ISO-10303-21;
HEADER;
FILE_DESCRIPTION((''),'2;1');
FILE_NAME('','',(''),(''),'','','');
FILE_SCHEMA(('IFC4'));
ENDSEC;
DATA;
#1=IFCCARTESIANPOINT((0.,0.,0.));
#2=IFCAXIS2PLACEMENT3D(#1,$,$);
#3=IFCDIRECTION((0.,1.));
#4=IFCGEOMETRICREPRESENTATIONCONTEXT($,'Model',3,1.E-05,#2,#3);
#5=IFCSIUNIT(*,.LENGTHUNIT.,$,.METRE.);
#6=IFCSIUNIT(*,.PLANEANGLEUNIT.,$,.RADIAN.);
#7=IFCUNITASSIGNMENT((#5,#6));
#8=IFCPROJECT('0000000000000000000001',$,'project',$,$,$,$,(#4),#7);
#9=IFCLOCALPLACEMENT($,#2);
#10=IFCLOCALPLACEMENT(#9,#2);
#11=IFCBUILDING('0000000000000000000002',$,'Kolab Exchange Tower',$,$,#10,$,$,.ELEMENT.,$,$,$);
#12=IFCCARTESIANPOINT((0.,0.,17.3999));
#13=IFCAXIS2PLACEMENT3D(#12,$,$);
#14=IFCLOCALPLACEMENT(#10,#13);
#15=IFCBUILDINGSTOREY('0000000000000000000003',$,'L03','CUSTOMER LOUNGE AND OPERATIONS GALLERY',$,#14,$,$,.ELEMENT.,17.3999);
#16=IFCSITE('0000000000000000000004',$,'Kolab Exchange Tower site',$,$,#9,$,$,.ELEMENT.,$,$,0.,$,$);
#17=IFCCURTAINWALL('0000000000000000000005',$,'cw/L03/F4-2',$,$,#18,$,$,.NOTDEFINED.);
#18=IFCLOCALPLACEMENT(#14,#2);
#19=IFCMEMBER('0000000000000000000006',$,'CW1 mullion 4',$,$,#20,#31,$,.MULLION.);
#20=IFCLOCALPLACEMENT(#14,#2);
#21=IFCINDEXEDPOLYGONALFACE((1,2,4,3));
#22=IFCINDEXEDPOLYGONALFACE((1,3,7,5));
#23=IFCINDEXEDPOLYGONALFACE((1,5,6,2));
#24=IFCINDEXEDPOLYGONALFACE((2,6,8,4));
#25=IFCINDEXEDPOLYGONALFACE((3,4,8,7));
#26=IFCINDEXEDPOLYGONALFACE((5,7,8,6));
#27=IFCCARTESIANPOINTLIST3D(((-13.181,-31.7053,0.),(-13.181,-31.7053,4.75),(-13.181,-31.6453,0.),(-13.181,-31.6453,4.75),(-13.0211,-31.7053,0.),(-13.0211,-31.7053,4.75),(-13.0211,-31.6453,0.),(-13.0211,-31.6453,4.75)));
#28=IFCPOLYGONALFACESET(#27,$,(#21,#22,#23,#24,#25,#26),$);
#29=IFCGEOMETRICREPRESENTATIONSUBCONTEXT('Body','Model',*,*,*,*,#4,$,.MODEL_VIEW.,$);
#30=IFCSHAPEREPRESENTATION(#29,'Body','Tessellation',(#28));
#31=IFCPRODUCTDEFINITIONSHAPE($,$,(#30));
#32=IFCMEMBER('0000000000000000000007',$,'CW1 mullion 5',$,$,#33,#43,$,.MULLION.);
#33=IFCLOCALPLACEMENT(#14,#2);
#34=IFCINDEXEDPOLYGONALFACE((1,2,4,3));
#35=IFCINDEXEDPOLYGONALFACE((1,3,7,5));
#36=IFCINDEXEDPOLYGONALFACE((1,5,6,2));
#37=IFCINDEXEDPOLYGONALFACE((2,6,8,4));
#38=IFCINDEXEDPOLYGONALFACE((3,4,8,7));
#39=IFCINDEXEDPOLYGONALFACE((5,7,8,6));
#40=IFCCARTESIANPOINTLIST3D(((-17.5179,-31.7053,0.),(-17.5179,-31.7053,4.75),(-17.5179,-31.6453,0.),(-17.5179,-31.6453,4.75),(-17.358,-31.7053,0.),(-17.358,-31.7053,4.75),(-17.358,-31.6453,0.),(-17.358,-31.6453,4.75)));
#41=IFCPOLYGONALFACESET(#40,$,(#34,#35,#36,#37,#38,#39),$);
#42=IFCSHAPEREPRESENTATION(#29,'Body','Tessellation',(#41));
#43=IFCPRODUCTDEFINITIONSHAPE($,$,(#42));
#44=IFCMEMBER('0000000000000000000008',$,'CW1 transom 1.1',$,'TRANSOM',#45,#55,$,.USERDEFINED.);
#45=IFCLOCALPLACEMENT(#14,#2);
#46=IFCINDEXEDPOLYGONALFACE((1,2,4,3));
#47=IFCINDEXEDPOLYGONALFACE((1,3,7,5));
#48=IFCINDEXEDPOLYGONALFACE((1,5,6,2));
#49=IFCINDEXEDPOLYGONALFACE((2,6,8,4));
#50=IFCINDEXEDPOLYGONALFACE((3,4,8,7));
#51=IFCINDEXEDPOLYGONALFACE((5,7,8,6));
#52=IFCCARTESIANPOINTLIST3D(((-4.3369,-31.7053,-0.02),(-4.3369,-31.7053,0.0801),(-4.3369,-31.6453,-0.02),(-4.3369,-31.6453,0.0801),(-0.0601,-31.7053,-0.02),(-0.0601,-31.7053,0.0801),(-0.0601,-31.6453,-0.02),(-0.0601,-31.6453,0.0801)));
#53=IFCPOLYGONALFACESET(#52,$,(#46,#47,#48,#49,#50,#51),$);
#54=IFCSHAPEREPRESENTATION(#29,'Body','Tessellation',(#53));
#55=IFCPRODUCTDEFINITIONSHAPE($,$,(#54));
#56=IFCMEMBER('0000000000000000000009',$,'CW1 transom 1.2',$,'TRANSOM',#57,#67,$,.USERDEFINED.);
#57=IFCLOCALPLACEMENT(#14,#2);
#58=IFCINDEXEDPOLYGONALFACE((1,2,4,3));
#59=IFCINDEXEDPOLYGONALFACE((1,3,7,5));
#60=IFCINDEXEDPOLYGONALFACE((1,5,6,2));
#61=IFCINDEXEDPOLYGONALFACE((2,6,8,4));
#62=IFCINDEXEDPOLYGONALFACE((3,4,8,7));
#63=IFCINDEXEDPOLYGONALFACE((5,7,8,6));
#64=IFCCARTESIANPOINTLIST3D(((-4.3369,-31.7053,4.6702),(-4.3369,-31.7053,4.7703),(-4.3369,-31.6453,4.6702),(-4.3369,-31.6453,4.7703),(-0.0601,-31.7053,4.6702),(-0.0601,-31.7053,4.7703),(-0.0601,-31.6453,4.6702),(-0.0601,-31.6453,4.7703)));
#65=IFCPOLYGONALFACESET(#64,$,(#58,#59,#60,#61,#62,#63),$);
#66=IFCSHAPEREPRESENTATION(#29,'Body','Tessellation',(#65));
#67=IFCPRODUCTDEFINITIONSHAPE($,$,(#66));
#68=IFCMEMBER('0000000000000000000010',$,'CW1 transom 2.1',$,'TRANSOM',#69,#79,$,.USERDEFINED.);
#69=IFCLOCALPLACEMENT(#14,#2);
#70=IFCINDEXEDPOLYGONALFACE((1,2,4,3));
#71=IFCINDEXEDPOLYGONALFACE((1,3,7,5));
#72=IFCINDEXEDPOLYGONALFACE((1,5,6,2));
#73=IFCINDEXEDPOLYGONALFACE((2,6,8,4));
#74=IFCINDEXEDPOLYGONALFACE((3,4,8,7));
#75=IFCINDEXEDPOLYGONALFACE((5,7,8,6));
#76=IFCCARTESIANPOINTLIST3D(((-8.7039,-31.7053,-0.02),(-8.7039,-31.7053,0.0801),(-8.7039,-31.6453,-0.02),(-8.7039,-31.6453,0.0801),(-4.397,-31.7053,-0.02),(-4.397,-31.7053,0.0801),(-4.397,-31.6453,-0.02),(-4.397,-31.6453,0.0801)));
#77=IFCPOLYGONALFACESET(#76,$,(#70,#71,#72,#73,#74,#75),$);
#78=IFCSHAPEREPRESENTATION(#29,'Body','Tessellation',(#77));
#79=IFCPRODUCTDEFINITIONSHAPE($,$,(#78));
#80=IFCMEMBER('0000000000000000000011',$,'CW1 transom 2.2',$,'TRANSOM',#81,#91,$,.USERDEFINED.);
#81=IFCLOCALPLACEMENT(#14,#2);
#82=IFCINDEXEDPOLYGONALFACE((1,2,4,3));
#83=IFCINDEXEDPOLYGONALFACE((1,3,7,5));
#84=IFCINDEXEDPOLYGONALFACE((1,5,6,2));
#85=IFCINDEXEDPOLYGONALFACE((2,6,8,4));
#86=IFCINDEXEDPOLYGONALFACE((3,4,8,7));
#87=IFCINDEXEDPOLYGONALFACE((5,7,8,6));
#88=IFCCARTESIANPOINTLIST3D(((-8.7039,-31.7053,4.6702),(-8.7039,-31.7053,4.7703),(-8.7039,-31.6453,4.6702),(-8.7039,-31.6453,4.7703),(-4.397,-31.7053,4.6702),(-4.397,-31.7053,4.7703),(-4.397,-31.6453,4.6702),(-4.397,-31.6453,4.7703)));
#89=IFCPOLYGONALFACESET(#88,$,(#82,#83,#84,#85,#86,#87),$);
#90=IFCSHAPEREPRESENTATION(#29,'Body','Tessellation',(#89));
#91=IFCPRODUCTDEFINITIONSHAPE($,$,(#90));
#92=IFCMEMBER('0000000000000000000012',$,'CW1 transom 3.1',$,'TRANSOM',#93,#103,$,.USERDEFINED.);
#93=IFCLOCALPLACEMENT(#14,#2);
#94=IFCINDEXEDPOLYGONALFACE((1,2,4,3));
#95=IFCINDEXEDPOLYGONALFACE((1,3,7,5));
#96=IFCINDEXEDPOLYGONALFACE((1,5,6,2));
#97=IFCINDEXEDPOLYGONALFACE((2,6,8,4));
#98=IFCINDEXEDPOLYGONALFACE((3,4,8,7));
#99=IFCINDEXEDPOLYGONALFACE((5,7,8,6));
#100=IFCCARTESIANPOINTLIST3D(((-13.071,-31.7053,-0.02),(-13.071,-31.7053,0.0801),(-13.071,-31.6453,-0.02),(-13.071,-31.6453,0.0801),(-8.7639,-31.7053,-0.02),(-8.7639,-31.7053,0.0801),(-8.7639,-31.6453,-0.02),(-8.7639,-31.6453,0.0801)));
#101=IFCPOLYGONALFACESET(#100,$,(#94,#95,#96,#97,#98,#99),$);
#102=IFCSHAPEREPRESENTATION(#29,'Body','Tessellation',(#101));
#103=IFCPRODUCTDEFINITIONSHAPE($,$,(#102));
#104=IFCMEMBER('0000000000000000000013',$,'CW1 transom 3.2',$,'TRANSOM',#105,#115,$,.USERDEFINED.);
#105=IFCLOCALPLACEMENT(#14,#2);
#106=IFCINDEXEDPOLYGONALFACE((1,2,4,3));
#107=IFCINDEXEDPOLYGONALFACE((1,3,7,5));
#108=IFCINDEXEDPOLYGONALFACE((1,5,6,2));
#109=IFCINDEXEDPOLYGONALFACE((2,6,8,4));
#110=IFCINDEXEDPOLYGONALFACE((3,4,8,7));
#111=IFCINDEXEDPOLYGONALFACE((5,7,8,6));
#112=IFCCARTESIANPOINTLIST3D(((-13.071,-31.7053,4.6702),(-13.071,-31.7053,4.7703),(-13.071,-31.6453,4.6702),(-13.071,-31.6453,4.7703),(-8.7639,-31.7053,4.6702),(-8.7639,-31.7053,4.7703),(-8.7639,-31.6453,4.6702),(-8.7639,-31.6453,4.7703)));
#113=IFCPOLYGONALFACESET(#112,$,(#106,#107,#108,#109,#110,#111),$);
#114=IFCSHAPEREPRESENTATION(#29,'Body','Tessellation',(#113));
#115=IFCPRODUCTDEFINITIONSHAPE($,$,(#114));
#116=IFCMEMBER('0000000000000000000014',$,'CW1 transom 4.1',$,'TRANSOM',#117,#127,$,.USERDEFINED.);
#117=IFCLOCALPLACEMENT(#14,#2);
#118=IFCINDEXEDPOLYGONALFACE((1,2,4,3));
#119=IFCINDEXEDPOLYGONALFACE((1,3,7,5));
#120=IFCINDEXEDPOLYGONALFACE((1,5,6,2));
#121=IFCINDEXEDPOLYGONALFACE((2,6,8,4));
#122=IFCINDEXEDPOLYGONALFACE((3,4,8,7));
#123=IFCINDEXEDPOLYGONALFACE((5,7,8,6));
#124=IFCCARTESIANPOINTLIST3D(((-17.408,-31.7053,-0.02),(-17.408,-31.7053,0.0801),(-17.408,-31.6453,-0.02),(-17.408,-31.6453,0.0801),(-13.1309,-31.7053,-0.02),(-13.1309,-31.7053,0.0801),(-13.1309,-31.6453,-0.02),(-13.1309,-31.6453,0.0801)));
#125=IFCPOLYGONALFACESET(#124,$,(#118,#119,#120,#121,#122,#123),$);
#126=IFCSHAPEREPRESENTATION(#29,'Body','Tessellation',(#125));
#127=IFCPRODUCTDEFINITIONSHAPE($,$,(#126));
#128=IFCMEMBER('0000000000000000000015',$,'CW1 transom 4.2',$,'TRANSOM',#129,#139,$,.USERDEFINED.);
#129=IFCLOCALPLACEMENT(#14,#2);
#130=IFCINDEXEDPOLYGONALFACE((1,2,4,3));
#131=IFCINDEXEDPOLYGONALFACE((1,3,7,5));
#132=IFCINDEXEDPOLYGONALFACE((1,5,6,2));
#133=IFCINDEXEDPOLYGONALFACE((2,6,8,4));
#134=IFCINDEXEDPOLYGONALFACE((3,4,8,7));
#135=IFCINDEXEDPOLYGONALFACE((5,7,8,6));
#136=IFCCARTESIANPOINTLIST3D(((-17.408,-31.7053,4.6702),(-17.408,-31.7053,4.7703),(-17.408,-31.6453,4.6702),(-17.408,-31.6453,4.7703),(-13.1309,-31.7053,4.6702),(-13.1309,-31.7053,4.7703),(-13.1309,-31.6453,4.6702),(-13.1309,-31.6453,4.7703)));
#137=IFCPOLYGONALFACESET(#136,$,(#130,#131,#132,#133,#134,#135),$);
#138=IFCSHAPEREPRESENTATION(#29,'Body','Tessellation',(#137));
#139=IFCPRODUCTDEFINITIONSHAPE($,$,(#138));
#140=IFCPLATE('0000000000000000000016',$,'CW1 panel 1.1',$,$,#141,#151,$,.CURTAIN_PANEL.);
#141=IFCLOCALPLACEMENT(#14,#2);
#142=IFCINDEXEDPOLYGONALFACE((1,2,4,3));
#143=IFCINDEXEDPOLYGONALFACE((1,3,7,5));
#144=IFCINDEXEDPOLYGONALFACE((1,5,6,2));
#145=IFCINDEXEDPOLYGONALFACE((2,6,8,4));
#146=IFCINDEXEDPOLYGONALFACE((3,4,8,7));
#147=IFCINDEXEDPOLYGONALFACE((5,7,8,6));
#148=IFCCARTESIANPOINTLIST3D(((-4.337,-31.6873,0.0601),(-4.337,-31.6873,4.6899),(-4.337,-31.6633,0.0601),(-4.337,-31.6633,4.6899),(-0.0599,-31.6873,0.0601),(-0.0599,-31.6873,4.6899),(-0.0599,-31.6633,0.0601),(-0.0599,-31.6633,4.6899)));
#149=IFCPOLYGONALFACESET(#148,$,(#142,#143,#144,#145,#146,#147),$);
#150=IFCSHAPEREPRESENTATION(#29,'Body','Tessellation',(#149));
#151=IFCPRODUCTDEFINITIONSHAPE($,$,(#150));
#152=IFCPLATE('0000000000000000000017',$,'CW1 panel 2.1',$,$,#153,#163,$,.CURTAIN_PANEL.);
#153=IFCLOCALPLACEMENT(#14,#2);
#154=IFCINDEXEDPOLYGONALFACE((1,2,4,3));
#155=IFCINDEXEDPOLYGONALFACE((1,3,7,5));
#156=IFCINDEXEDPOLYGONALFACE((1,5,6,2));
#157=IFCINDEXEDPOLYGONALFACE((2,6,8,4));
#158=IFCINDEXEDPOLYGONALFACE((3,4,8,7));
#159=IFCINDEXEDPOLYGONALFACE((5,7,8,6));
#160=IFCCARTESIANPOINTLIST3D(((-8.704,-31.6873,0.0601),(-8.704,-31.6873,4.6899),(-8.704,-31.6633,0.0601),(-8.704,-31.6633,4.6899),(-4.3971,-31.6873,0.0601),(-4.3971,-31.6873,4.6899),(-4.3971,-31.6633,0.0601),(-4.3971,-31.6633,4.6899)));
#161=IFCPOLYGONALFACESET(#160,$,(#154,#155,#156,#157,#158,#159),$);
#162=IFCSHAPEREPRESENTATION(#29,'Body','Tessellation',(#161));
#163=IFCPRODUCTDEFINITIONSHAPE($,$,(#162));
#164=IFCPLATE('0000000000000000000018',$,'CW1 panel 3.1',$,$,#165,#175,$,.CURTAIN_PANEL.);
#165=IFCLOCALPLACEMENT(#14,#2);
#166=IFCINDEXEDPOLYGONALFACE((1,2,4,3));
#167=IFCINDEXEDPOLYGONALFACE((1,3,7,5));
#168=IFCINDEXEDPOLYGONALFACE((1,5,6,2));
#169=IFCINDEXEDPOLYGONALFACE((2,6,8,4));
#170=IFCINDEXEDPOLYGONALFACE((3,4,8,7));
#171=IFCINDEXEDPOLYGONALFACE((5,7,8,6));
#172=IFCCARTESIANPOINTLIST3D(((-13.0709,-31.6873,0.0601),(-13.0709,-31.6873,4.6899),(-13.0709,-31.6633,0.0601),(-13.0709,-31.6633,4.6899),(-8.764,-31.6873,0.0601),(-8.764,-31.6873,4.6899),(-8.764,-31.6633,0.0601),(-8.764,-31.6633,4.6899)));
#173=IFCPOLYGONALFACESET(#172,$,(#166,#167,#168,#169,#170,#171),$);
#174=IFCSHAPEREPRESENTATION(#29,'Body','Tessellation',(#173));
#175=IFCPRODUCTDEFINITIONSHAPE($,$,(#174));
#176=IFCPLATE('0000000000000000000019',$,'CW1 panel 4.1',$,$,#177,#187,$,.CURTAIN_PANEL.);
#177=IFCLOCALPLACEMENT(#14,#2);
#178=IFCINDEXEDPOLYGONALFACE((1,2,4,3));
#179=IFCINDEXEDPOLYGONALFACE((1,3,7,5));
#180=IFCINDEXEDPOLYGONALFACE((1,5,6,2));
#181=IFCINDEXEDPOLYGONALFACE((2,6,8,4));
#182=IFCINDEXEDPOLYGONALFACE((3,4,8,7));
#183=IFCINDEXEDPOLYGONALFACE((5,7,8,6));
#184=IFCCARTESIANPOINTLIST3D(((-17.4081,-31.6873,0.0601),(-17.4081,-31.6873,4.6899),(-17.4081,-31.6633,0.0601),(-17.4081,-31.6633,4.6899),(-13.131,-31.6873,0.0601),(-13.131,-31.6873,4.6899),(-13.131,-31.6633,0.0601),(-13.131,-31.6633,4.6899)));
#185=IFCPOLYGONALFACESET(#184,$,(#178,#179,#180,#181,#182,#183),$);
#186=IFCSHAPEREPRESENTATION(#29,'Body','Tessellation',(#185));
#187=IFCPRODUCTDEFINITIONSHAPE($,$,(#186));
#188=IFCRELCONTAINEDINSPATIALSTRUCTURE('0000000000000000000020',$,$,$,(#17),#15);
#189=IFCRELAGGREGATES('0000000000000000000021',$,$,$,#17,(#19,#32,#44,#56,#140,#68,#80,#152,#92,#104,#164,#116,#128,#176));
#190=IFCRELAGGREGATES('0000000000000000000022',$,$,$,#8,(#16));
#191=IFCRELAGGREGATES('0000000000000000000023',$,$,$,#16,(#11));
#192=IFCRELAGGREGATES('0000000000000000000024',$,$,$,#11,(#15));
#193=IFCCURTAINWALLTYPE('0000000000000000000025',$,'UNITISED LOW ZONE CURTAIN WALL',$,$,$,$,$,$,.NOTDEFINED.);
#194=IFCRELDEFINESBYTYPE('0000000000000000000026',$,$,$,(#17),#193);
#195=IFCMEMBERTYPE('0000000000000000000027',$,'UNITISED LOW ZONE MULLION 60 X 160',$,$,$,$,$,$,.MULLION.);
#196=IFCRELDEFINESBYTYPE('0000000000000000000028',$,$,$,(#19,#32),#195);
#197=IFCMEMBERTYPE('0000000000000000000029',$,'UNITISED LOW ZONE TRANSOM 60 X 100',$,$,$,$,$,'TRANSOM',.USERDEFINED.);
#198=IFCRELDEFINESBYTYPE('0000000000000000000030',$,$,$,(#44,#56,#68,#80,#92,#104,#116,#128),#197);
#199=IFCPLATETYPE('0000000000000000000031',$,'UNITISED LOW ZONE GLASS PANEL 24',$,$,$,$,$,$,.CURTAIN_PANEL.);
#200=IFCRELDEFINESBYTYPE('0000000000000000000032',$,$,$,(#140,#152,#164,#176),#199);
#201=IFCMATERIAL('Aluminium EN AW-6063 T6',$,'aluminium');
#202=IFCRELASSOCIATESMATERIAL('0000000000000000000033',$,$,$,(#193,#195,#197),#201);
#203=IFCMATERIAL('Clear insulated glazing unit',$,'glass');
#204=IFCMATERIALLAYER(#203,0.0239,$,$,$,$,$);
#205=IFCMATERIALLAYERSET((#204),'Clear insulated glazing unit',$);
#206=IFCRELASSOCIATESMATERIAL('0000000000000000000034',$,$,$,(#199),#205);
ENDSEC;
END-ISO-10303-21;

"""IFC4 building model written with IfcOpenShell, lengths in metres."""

from ifc_helpers import new_model, si_unit, direction, frame, origin, origin_2d, place, context, subcontext, project, spatial, rectangle, extrude, material, layer, layer_set, material_profile, profile_set, type_object, element, aggregate, save


model = new_model("IFC4")

# Units and contexts
model_context = context("Model", 3, precision=1e-05, world=origin(), true_north=direction((0.0, 1.0)))
body_context = subcontext(model_context, "Body", "Model", "MODEL_VIEW")
ifc_project = project(units=[si_unit("LENGTHUNIT", "METRE"), si_unit("PLANEANGLEUNIT", "RADIAN")], contexts=[model_context])

# Site, building, storey
site_placement = place(None, origin())
site = spatial("IfcSite", under=ifc_project, at=site_placement, Name="Kolab Exchange Tower site", CompositionType="ELEMENT", RefElevation=0.0)
building_placement = place(site_placement, origin())
building = spatial("IfcBuilding", under=site, at=building_placement, Name="Kolab Exchange Tower", CompositionType="ELEMENT")
storey_placement = place(building_placement, frame((0.0, 0.0, 17.3999)))
storey = spatial("IfcBuildingStorey", under=building, at=storey_placement, Name="L03", Description="CUSTOMER LOUNGE AND OPERATIONS GALLERY", CompositionType="ELEMENT", Elevation=17.3999)

# Curtain wall, members, plates
ifc_material_1 = material(Name="Aluminium EN AW-6063 T6", Category="aluminium")
curtain_wall_type = type_object("IfcCurtainWallType", Name="UNITISED LOW ZONE CURTAIN WALL", PredefinedType="NOTDEFINED", material=ifc_material_1)
curtain_wall_placement = place(storey_placement, origin())
curtain_wall = element("IfcCurtainWall", 1, at=curtain_wall_placement, inside=storey, type_object=curtain_wall_type, Name="cw/L03/F4-2", PredefinedType="NOTDEFINED")
ifc_material_profile_1 = material_profile(ifc_material_1, rectangle(XDim=0.0601, YDim=0.1599, at=origin_2d()), Name="RECT 60X160")
ifc_profile_set_1 = profile_set([ifc_material_profile_1], Name="Aluminium EN AW-6063 T6")
member_type_1 = type_object("IfcMemberType", Name="UNITISED LOW ZONE MULLION 60 X 160", PredefinedType="MULLION", material=ifc_profile_set_1)
member_1_placement = place(storey_placement, frame((-13.1011, -31.6753, 0.0), z_axis=(0.0, 0.0, 1.0), x_axis=(0.0, -1.0, 0.0)))
member_1 = element("IfcMember", 2, at=member_1_placement, type_object=member_type_1, Name="CW1 mullion 4", PredefinedType="MULLION", context=body_context, shape_type="SweptSolid", body=[
    extrude(rectangle(XDim=0.0601, YDim=0.1599, at=origin_2d()), origin(), (0.0, 0.0, 1.0), 4.75),
])
member_2_placement = place(storey_placement, frame((-17.438, -31.6753, 0.0), z_axis=(0.0, 0.0, 1.0), x_axis=(0.0, -1.0, 0.0)))
member_2 = element("IfcMember", 3, at=member_2_placement, type_object=member_type_1, Name="CW1 mullion 5", PredefinedType="MULLION", context=body_context, shape_type="SweptSolid", body=[
    extrude(rectangle(XDim=0.0601, YDim=0.1599, at=origin_2d()), origin(), (0.0, 0.0, 1.0), 4.75),
])
ifc_material_profile_2 = material_profile(ifc_material_1, rectangle(XDim=0.0601, YDim=0.1001, at=origin_2d()), Name="RECT 60X100")
ifc_profile_set_2 = profile_set([ifc_material_profile_2], Name="Aluminium EN AW-6063 T6")
member_type_2 = type_object("IfcMemberType", Name="UNITISED LOW ZONE TRANSOM 60 X 100", ElementType="TRANSOM", PredefinedType="USERDEFINED", material=ifc_profile_set_2)
member_3_placement = place(storey_placement, frame((-0.0601, -31.6753, 0.03), z_axis=(-1.0, 0.0, 0.0), x_axis=(0.0, -1.0, 0.0)))
member_3 = element("IfcMember", 4, at=member_3_placement, type_object=member_type_2, Name="CW1 transom 1.1", ObjectType="TRANSOM", PredefinedType="USERDEFINED", context=body_context, shape_type="SweptSolid", body=[
    extrude(rectangle(XDim=0.0601, YDim=0.1001, at=origin_2d()), origin(), (0.0, 0.0, 1.0), 4.2769),
])
member_4_placement = place(storey_placement, frame((-0.0601, -31.6753, 4.7202), z_axis=(-1.0, 0.0, 0.0), x_axis=(0.0, -1.0, 0.0)))
member_4 = element("IfcMember", 5, at=member_4_placement, type_object=member_type_2, Name="CW1 transom 1.2", ObjectType="TRANSOM", PredefinedType="USERDEFINED", context=body_context, shape_type="SweptSolid", body=[
    extrude(rectangle(XDim=0.0601, YDim=0.1001, at=origin_2d()), origin(), (0.0, 0.0, 1.0), 4.2769),
])
member_5_placement = place(storey_placement, frame((-4.397, -31.6753, 0.03), z_axis=(-1.0, 0.0, 0.0), x_axis=(0.0, -1.0, 0.0)))
member_5 = element("IfcMember", 6, at=member_5_placement, type_object=member_type_2, Name="CW1 transom 2.1", ObjectType="TRANSOM", PredefinedType="USERDEFINED", context=body_context, shape_type="SweptSolid", body=[
    extrude(rectangle(XDim=0.0601, YDim=0.1001, at=origin_2d()), origin(), (0.0, 0.0, 1.0), 4.3069),
])
member_6_placement = place(storey_placement, frame((-4.397, -31.6753, 4.7202), z_axis=(-1.0, 0.0, 0.0), x_axis=(0.0, -1.0, 0.0)))
member_6 = element("IfcMember", 7, at=member_6_placement, type_object=member_type_2, Name="CW1 transom 2.2", ObjectType="TRANSOM", PredefinedType="USERDEFINED", context=body_context, shape_type="SweptSolid", body=[
    extrude(rectangle(XDim=0.0601, YDim=0.1001, at=origin_2d()), origin(), (0.0, 0.0, 1.0), 4.3069),
])
member_7_placement = place(storey_placement, frame((-8.7639, -31.6753, 0.03), z_axis=(-1.0, 0.0, 0.0), x_axis=(0.0, -1.0, 0.0)))
member_7 = element("IfcMember", 8, at=member_7_placement, type_object=member_type_2, Name="CW1 transom 3.1", ObjectType="TRANSOM", PredefinedType="USERDEFINED", context=body_context, shape_type="SweptSolid", body=[
    extrude(rectangle(XDim=0.0601, YDim=0.1001, at=origin_2d()), origin(), (0.0, 0.0, 1.0), 4.3071),
])
member_8_placement = place(storey_placement, frame((-8.7639, -31.6753, 4.7202), z_axis=(-1.0, 0.0, 0.0), x_axis=(0.0, -1.0, 0.0)))
member_8 = element("IfcMember", 9, at=member_8_placement, type_object=member_type_2, Name="CW1 transom 3.2", ObjectType="TRANSOM", PredefinedType="USERDEFINED", context=body_context, shape_type="SweptSolid", body=[
    extrude(rectangle(XDim=0.0601, YDim=0.1001, at=origin_2d()), origin(), (0.0, 0.0, 1.0), 4.3071),
])
member_9_placement = place(storey_placement, frame((-13.1309, -31.6753, 0.03), z_axis=(-1.0, 0.0, 0.0), x_axis=(0.0, -1.0, 0.0)))
member_9 = element("IfcMember", 10, at=member_9_placement, type_object=member_type_2, Name="CW1 transom 4.1", ObjectType="TRANSOM", PredefinedType="USERDEFINED", context=body_context, shape_type="SweptSolid", body=[
    extrude(rectangle(XDim=0.0601, YDim=0.1001, at=origin_2d()), origin(), (0.0, 0.0, 1.0), 4.2771),
])
member_10_placement = place(storey_placement, frame((-13.1309, -31.6753, 4.7202), z_axis=(-1.0, 0.0, 0.0), x_axis=(0.0, -1.0, 0.0)))
member_10 = element("IfcMember", 11, at=member_10_placement, type_object=member_type_2, Name="CW1 transom 4.2", ObjectType="TRANSOM", PredefinedType="USERDEFINED", context=body_context, shape_type="SweptSolid", body=[
    extrude(rectangle(XDim=0.0601, YDim=0.1001, at=origin_2d()), origin(), (0.0, 0.0, 1.0), 4.2771),
])
ifc_material_2 = material(Name="Clear insulated glazing unit", Category="glass")
ifc_layer_1 = layer(ifc_material_2, 0.0239)
ifc_layer_set_1 = layer_set([ifc_layer_1], Name="Clear insulated glazing unit")
plate_type = type_object("IfcPlateType", Name="UNITISED LOW ZONE GLASS PANEL 24", PredefinedType="CURTAIN_PANEL", material=ifc_layer_set_1)
plate_1_placement = place(storey_placement, frame((-2.1985, -31.6753, 0.0601), z_axis=(0.0, 0.0, 1.0), x_axis=(-1.0, 0.0, 0.0)))
plate_1 = element("IfcPlate", 12, at=plate_1_placement, type_object=plate_type, Name="CW1 panel 1.1", PredefinedType="CURTAIN_PANEL", context=body_context, shape_type="SweptSolid", body=[
    extrude(rectangle(XDim=4.2771, YDim=0.0239, at=origin_2d()), origin(), (0.0, 0.0, 1.0), 4.6299),
])
plate_2_placement = place(storey_placement, frame((-6.5505, -31.6753, 0.0601), z_axis=(0.0, 0.0, 1.0), x_axis=(-1.0, 0.0, 0.0)))
plate_2 = element("IfcPlate", 13, at=plate_2_placement, type_object=plate_type, Name="CW1 panel 2.1", PredefinedType="CURTAIN_PANEL", context=body_context, shape_type="SweptSolid", body=[
    extrude(rectangle(XDim=4.3069, YDim=0.0239, at=origin_2d()), origin(), (0.0, 0.0, 1.0), 4.6299),
])
plate_3_placement = place(storey_placement, frame((-10.9175, -31.6753, 0.0601), z_axis=(0.0, 0.0, 1.0), x_axis=(-1.0, 0.0, 0.0)))
plate_3 = element("IfcPlate", 14, at=plate_3_placement, type_object=plate_type, Name="CW1 panel 3.1", PredefinedType="CURTAIN_PANEL", context=body_context, shape_type="SweptSolid", body=[
    extrude(rectangle(XDim=4.3069, YDim=0.0239, at=origin_2d()), origin(), (0.0, 0.0, 1.0), 4.6299),
])
plate_4_placement = place(storey_placement, frame((-15.2695, -31.6753, 0.0601), z_axis=(0.0, 0.0, 1.0), x_axis=(-1.0, 0.0, 0.0)))
plate_4 = element("IfcPlate", 15, at=plate_4_placement, type_object=plate_type, Name="CW1 panel 4.1", PredefinedType="CURTAIN_PANEL", context=body_context, shape_type="SweptSolid", body=[
    extrude(rectangle(XDim=4.2771, YDim=0.0239, at=origin_2d()), origin(), (0.0, 0.0, 1.0), 4.6299),
])
aggregate(curtain_wall, [member_1, member_2, member_3, member_4, plate_1, member_5, member_6, plate_2, member_7, member_8, plate_3, member_9, member_10, plate_4])

save(model, "model.ifc")
